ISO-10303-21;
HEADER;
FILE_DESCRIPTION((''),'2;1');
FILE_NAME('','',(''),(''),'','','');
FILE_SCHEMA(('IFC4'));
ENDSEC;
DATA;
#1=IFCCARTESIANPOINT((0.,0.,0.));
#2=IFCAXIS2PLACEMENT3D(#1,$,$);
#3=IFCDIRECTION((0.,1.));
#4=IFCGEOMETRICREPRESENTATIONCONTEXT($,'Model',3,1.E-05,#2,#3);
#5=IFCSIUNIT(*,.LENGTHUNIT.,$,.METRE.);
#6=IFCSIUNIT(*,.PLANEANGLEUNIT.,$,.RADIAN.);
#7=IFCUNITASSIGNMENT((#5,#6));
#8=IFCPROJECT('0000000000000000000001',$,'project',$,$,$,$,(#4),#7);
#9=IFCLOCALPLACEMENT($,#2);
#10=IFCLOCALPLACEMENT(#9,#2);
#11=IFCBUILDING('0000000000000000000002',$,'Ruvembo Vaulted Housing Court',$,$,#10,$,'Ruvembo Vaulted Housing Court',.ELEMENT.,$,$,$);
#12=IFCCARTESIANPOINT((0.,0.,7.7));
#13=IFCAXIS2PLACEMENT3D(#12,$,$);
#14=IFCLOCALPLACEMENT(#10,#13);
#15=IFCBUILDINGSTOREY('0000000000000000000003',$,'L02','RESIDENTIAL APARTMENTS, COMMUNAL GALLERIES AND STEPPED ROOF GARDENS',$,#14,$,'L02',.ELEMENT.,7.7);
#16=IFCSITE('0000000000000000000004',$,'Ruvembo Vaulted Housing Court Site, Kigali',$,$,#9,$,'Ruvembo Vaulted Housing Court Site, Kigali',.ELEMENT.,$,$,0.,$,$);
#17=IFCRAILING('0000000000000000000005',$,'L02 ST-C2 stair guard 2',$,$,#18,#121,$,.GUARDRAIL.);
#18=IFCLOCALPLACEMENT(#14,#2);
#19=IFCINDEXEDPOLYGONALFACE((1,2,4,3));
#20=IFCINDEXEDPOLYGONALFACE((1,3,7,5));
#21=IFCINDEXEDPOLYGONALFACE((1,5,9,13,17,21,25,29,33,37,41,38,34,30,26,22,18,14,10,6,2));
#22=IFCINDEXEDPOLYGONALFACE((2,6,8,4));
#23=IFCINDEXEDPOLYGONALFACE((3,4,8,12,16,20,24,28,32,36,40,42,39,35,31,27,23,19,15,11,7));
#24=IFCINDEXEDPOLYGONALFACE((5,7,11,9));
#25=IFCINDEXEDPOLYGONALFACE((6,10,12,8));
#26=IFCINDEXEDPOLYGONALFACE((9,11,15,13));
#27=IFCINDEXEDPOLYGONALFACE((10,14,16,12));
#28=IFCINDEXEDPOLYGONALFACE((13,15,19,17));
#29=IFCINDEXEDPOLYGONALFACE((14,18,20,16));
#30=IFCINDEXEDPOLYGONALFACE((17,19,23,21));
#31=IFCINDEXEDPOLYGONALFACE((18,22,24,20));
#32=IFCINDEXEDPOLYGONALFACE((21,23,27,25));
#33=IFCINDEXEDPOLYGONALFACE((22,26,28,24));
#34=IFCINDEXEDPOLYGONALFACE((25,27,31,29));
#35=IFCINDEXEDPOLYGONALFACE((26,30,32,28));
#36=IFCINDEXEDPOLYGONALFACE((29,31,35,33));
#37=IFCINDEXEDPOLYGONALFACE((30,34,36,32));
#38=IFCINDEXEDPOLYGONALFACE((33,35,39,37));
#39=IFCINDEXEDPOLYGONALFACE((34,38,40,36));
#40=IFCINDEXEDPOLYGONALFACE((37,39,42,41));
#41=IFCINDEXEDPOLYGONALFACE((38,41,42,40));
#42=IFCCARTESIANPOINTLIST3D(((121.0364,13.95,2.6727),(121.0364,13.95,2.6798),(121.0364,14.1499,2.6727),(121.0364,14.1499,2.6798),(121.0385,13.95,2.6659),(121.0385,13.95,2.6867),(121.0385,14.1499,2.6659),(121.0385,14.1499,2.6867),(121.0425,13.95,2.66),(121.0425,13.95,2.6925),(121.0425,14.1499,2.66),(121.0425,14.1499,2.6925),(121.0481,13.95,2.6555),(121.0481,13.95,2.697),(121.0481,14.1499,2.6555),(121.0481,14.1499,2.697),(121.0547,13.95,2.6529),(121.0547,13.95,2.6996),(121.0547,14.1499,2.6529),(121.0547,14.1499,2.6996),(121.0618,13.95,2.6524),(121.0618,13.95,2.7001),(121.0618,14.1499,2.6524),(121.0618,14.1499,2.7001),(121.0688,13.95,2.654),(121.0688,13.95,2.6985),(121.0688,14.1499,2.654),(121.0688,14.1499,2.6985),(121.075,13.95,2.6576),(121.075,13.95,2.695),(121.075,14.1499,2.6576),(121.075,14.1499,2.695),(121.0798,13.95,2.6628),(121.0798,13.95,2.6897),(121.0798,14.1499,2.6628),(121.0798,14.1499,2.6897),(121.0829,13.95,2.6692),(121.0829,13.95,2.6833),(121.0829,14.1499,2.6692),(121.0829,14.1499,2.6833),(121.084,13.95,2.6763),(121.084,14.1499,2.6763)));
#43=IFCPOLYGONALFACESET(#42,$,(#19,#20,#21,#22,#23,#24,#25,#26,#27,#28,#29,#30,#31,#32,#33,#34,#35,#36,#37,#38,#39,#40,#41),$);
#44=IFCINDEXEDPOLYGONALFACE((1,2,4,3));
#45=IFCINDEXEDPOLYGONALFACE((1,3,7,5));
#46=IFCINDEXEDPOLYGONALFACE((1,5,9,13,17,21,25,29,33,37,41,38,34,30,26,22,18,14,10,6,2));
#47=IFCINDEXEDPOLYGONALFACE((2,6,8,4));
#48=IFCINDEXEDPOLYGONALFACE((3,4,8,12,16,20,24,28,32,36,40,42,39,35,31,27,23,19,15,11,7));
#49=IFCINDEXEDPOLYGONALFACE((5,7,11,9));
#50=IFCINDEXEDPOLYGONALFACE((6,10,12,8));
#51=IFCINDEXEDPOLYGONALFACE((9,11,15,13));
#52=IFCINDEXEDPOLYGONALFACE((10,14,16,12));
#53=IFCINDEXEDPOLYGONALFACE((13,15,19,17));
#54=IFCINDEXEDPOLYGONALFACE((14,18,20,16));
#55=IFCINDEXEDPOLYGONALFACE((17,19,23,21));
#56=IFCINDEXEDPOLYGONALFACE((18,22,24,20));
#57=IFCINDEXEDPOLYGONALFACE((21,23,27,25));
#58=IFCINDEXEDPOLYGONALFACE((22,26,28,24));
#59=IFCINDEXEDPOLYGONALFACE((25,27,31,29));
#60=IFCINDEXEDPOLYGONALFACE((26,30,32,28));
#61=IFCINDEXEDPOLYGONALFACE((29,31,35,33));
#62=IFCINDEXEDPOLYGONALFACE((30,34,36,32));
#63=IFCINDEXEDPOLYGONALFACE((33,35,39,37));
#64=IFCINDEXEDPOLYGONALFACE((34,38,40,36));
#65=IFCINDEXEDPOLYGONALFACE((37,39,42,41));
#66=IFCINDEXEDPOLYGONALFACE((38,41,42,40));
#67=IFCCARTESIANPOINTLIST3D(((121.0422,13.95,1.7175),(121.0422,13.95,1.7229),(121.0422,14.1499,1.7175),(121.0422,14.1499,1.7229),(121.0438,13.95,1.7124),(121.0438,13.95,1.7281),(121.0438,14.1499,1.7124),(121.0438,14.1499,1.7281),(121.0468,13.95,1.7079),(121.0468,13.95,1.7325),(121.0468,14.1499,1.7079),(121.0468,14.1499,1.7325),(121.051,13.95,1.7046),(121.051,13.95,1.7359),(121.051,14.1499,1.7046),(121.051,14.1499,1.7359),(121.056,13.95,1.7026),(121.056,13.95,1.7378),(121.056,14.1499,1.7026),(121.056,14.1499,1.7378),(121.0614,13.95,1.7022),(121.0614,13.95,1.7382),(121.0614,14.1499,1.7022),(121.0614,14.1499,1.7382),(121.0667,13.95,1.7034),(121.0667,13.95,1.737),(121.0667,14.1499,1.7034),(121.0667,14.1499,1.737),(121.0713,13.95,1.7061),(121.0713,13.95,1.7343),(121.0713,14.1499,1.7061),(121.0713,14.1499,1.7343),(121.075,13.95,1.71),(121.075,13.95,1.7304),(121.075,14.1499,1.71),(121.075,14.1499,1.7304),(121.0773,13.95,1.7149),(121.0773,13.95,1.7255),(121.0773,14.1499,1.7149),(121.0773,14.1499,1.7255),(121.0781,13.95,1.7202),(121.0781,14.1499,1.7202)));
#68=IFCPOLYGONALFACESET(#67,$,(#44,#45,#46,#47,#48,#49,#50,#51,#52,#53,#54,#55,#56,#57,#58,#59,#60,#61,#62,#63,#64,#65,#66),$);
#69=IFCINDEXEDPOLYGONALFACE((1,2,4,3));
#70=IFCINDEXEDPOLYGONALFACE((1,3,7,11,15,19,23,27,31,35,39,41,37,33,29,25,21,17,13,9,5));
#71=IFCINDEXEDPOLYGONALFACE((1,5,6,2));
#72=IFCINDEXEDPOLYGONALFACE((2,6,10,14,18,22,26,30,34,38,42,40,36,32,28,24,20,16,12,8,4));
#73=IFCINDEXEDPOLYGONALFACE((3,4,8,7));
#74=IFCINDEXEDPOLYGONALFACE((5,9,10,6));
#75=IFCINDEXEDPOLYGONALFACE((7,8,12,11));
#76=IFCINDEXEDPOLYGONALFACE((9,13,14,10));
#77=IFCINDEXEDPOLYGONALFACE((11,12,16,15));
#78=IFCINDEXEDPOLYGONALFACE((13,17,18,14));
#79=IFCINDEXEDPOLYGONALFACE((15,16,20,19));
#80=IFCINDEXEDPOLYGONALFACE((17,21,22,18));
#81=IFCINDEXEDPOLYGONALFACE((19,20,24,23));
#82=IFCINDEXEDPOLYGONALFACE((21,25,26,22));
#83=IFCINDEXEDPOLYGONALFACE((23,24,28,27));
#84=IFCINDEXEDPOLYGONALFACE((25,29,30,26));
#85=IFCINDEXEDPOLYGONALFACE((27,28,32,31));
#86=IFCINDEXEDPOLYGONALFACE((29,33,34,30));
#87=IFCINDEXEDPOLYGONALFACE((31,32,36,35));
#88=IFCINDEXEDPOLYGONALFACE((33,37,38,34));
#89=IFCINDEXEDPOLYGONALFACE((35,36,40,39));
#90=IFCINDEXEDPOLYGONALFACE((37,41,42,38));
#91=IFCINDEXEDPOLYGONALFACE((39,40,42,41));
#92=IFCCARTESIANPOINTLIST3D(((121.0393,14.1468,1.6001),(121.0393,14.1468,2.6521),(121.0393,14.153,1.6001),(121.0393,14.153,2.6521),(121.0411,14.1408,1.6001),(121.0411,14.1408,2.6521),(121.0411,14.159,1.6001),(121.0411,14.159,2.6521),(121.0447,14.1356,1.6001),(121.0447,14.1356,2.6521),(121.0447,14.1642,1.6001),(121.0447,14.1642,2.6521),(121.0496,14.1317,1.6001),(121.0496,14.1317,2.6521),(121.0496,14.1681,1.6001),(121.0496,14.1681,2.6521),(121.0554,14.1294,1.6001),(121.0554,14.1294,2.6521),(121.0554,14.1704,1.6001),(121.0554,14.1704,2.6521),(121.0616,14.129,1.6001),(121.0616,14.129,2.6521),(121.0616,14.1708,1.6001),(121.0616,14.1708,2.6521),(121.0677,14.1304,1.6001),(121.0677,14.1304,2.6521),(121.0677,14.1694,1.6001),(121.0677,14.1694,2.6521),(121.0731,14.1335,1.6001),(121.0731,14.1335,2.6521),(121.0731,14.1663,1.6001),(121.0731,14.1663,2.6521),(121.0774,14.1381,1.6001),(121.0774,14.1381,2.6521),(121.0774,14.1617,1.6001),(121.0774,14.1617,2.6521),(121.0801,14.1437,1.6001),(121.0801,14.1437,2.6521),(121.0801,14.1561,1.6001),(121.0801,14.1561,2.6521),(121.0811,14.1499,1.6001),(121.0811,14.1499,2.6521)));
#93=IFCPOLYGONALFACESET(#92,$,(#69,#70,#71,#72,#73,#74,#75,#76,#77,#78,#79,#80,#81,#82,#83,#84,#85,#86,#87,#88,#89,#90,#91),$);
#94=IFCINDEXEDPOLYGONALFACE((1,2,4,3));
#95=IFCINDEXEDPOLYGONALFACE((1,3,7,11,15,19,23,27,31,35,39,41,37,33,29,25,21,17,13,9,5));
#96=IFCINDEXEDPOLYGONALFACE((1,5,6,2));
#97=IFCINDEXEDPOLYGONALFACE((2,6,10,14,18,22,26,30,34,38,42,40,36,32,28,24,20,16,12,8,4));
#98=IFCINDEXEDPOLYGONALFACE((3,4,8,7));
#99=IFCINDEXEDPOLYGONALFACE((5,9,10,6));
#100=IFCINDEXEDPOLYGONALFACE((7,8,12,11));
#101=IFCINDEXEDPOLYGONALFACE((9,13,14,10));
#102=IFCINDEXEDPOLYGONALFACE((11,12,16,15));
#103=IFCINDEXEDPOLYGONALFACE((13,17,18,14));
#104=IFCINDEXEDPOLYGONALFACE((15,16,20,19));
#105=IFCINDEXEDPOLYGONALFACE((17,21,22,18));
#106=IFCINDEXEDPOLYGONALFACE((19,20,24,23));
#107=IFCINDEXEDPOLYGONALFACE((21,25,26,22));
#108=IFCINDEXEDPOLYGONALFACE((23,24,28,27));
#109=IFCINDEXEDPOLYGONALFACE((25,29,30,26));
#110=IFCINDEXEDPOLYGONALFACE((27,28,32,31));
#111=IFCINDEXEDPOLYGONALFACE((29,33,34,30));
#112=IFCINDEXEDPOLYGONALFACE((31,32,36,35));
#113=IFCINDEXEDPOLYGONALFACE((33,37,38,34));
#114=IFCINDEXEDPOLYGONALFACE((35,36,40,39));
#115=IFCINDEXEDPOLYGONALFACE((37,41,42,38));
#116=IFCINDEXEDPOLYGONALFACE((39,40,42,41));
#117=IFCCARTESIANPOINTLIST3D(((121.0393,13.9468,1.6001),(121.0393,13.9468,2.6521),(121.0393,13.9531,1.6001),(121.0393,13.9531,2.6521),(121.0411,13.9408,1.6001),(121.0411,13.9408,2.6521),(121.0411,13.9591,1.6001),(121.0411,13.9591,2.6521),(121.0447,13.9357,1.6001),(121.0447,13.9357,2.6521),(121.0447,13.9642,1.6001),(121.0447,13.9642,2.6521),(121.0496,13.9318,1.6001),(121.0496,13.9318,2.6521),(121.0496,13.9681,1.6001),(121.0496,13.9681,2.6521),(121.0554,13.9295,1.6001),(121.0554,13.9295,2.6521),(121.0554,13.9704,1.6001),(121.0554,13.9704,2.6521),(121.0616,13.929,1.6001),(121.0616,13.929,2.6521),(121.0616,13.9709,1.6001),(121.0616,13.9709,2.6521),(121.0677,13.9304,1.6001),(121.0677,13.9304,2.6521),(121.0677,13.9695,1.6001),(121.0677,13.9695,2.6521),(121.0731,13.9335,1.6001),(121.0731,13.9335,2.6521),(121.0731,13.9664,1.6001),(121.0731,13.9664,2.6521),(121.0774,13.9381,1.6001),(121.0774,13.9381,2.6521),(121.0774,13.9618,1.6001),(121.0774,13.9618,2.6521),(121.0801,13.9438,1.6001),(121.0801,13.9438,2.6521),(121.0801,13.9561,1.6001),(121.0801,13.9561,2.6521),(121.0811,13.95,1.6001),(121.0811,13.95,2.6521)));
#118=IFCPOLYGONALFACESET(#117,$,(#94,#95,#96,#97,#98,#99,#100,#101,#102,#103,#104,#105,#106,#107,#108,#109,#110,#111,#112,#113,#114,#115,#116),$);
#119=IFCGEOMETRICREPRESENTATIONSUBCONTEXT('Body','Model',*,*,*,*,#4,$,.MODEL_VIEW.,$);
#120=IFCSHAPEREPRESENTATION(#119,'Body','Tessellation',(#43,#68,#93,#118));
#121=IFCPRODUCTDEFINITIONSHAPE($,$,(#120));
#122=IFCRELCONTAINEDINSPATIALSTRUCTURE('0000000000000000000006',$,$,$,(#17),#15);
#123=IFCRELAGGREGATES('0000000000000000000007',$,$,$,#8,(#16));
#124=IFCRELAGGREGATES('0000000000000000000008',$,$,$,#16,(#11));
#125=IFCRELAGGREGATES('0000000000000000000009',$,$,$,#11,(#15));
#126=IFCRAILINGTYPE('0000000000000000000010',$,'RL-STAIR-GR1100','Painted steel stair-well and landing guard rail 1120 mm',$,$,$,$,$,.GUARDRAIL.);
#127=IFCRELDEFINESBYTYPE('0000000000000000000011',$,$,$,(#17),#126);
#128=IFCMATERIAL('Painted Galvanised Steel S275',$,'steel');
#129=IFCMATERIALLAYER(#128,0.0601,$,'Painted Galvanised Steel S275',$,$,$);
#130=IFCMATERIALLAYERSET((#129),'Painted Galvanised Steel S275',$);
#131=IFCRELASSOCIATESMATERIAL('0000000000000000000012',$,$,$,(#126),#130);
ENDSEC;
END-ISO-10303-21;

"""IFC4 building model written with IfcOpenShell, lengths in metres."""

from ifc_helpers import new_model, si_unit, direction, frame, origin, origin_2d, place, context, subcontext, project, spatial, circle, extrude, material, layer, layer_set, type_object, element, save


model = new_model("IFC4")

# Units and contexts
model_context = context("Model", 3, precision=1e-05, world=origin(), true_north=direction((0.0, 1.0)))
body_context = subcontext(model_context, "Body", "Model", "MODEL_VIEW")
ifc_project = project(units=[si_unit("LENGTHUNIT", "METRE"), si_unit("PLANEANGLEUNIT", "RADIAN")], contexts=[model_context])

# Site, building, storey
site_placement = place(None, origin())
site = spatial("IfcSite", under=ifc_project, at=site_placement, Name="Ruvembo Vaulted Housing Court Site, Kigali", LongName="Ruvembo Vaulted Housing Court Site, Kigali", CompositionType="ELEMENT", RefElevation=0.0)
building_placement = place(site_placement, origin())
building = spatial("IfcBuilding", under=site, at=building_placement, Name="Ruvembo Vaulted Housing Court", LongName="Ruvembo Vaulted Housing Court", CompositionType="ELEMENT")
storey_placement = place(building_placement, frame((0.0, 0.0, 7.7)))
storey = spatial("IfcBuildingStorey", under=building, at=storey_placement, Name="L02", Description="RESIDENTIAL APARTMENTS, COMMUNAL GALLERIES AND STEPPED ROOF GARDENS", LongName="L02", CompositionType="ELEMENT", Elevation=7.7)

# Railing
ifc_material_1 = material(Name="Painted Galvanised Steel S275", Category="steel")
ifc_layer_1 = layer(ifc_material_1, 0.0601, Name="Painted Galvanised Steel S275")
ifc_layer_set_1 = layer_set([ifc_layer_1], Name="Painted Galvanised Steel S275")
railing_type_1 = type_object("IfcRailingType", Name="RL-STAIR-GR1100", Description="Painted steel stair-well and landing guard rail 1120 mm", PredefinedType="GUARDRAIL", material=ifc_layer_set_1)
railing_1_placement = place(storey_placement, frame((121.0601, 14.1499, 1.6001)))
element("IfcRailing", 1, at=railing_1_placement, inside=storey, type_object=railing_type_1, Name="L02 ST-C2 stair guard 2", PredefinedType="GUARDRAIL", context=body_context, shape_type="SweptSolid", body=[
    extrude(circle(Radius=0.0239, at=origin_2d()), frame((0.0, 0.0, 1.0762), z_axis=(0.0, -1.0, 0.0), x_axis=(1.0, 0.0, 0.0)), (0.0, 0.0, 1.0), 0.2),
    extrude(circle(Radius=0.0181, at=origin_2d()), frame((0.0, 0.0, 0.1201), z_axis=(0.0, -1.0, 0.0), x_axis=(1.0, 0.0, 0.0)), (0.0, 0.0, 1.0), 0.2),
    extrude(circle(Radius=0.021, at=origin_2d()), origin(), (0.0, 0.0, 1.0), 1.052),
    extrude(circle(Radius=0.021, at=origin_2d()), frame((0.0, -0.2, 0.0)), (0.0, 0.0, 1.0), 1.052),
])

save(model, "model.ifc")
